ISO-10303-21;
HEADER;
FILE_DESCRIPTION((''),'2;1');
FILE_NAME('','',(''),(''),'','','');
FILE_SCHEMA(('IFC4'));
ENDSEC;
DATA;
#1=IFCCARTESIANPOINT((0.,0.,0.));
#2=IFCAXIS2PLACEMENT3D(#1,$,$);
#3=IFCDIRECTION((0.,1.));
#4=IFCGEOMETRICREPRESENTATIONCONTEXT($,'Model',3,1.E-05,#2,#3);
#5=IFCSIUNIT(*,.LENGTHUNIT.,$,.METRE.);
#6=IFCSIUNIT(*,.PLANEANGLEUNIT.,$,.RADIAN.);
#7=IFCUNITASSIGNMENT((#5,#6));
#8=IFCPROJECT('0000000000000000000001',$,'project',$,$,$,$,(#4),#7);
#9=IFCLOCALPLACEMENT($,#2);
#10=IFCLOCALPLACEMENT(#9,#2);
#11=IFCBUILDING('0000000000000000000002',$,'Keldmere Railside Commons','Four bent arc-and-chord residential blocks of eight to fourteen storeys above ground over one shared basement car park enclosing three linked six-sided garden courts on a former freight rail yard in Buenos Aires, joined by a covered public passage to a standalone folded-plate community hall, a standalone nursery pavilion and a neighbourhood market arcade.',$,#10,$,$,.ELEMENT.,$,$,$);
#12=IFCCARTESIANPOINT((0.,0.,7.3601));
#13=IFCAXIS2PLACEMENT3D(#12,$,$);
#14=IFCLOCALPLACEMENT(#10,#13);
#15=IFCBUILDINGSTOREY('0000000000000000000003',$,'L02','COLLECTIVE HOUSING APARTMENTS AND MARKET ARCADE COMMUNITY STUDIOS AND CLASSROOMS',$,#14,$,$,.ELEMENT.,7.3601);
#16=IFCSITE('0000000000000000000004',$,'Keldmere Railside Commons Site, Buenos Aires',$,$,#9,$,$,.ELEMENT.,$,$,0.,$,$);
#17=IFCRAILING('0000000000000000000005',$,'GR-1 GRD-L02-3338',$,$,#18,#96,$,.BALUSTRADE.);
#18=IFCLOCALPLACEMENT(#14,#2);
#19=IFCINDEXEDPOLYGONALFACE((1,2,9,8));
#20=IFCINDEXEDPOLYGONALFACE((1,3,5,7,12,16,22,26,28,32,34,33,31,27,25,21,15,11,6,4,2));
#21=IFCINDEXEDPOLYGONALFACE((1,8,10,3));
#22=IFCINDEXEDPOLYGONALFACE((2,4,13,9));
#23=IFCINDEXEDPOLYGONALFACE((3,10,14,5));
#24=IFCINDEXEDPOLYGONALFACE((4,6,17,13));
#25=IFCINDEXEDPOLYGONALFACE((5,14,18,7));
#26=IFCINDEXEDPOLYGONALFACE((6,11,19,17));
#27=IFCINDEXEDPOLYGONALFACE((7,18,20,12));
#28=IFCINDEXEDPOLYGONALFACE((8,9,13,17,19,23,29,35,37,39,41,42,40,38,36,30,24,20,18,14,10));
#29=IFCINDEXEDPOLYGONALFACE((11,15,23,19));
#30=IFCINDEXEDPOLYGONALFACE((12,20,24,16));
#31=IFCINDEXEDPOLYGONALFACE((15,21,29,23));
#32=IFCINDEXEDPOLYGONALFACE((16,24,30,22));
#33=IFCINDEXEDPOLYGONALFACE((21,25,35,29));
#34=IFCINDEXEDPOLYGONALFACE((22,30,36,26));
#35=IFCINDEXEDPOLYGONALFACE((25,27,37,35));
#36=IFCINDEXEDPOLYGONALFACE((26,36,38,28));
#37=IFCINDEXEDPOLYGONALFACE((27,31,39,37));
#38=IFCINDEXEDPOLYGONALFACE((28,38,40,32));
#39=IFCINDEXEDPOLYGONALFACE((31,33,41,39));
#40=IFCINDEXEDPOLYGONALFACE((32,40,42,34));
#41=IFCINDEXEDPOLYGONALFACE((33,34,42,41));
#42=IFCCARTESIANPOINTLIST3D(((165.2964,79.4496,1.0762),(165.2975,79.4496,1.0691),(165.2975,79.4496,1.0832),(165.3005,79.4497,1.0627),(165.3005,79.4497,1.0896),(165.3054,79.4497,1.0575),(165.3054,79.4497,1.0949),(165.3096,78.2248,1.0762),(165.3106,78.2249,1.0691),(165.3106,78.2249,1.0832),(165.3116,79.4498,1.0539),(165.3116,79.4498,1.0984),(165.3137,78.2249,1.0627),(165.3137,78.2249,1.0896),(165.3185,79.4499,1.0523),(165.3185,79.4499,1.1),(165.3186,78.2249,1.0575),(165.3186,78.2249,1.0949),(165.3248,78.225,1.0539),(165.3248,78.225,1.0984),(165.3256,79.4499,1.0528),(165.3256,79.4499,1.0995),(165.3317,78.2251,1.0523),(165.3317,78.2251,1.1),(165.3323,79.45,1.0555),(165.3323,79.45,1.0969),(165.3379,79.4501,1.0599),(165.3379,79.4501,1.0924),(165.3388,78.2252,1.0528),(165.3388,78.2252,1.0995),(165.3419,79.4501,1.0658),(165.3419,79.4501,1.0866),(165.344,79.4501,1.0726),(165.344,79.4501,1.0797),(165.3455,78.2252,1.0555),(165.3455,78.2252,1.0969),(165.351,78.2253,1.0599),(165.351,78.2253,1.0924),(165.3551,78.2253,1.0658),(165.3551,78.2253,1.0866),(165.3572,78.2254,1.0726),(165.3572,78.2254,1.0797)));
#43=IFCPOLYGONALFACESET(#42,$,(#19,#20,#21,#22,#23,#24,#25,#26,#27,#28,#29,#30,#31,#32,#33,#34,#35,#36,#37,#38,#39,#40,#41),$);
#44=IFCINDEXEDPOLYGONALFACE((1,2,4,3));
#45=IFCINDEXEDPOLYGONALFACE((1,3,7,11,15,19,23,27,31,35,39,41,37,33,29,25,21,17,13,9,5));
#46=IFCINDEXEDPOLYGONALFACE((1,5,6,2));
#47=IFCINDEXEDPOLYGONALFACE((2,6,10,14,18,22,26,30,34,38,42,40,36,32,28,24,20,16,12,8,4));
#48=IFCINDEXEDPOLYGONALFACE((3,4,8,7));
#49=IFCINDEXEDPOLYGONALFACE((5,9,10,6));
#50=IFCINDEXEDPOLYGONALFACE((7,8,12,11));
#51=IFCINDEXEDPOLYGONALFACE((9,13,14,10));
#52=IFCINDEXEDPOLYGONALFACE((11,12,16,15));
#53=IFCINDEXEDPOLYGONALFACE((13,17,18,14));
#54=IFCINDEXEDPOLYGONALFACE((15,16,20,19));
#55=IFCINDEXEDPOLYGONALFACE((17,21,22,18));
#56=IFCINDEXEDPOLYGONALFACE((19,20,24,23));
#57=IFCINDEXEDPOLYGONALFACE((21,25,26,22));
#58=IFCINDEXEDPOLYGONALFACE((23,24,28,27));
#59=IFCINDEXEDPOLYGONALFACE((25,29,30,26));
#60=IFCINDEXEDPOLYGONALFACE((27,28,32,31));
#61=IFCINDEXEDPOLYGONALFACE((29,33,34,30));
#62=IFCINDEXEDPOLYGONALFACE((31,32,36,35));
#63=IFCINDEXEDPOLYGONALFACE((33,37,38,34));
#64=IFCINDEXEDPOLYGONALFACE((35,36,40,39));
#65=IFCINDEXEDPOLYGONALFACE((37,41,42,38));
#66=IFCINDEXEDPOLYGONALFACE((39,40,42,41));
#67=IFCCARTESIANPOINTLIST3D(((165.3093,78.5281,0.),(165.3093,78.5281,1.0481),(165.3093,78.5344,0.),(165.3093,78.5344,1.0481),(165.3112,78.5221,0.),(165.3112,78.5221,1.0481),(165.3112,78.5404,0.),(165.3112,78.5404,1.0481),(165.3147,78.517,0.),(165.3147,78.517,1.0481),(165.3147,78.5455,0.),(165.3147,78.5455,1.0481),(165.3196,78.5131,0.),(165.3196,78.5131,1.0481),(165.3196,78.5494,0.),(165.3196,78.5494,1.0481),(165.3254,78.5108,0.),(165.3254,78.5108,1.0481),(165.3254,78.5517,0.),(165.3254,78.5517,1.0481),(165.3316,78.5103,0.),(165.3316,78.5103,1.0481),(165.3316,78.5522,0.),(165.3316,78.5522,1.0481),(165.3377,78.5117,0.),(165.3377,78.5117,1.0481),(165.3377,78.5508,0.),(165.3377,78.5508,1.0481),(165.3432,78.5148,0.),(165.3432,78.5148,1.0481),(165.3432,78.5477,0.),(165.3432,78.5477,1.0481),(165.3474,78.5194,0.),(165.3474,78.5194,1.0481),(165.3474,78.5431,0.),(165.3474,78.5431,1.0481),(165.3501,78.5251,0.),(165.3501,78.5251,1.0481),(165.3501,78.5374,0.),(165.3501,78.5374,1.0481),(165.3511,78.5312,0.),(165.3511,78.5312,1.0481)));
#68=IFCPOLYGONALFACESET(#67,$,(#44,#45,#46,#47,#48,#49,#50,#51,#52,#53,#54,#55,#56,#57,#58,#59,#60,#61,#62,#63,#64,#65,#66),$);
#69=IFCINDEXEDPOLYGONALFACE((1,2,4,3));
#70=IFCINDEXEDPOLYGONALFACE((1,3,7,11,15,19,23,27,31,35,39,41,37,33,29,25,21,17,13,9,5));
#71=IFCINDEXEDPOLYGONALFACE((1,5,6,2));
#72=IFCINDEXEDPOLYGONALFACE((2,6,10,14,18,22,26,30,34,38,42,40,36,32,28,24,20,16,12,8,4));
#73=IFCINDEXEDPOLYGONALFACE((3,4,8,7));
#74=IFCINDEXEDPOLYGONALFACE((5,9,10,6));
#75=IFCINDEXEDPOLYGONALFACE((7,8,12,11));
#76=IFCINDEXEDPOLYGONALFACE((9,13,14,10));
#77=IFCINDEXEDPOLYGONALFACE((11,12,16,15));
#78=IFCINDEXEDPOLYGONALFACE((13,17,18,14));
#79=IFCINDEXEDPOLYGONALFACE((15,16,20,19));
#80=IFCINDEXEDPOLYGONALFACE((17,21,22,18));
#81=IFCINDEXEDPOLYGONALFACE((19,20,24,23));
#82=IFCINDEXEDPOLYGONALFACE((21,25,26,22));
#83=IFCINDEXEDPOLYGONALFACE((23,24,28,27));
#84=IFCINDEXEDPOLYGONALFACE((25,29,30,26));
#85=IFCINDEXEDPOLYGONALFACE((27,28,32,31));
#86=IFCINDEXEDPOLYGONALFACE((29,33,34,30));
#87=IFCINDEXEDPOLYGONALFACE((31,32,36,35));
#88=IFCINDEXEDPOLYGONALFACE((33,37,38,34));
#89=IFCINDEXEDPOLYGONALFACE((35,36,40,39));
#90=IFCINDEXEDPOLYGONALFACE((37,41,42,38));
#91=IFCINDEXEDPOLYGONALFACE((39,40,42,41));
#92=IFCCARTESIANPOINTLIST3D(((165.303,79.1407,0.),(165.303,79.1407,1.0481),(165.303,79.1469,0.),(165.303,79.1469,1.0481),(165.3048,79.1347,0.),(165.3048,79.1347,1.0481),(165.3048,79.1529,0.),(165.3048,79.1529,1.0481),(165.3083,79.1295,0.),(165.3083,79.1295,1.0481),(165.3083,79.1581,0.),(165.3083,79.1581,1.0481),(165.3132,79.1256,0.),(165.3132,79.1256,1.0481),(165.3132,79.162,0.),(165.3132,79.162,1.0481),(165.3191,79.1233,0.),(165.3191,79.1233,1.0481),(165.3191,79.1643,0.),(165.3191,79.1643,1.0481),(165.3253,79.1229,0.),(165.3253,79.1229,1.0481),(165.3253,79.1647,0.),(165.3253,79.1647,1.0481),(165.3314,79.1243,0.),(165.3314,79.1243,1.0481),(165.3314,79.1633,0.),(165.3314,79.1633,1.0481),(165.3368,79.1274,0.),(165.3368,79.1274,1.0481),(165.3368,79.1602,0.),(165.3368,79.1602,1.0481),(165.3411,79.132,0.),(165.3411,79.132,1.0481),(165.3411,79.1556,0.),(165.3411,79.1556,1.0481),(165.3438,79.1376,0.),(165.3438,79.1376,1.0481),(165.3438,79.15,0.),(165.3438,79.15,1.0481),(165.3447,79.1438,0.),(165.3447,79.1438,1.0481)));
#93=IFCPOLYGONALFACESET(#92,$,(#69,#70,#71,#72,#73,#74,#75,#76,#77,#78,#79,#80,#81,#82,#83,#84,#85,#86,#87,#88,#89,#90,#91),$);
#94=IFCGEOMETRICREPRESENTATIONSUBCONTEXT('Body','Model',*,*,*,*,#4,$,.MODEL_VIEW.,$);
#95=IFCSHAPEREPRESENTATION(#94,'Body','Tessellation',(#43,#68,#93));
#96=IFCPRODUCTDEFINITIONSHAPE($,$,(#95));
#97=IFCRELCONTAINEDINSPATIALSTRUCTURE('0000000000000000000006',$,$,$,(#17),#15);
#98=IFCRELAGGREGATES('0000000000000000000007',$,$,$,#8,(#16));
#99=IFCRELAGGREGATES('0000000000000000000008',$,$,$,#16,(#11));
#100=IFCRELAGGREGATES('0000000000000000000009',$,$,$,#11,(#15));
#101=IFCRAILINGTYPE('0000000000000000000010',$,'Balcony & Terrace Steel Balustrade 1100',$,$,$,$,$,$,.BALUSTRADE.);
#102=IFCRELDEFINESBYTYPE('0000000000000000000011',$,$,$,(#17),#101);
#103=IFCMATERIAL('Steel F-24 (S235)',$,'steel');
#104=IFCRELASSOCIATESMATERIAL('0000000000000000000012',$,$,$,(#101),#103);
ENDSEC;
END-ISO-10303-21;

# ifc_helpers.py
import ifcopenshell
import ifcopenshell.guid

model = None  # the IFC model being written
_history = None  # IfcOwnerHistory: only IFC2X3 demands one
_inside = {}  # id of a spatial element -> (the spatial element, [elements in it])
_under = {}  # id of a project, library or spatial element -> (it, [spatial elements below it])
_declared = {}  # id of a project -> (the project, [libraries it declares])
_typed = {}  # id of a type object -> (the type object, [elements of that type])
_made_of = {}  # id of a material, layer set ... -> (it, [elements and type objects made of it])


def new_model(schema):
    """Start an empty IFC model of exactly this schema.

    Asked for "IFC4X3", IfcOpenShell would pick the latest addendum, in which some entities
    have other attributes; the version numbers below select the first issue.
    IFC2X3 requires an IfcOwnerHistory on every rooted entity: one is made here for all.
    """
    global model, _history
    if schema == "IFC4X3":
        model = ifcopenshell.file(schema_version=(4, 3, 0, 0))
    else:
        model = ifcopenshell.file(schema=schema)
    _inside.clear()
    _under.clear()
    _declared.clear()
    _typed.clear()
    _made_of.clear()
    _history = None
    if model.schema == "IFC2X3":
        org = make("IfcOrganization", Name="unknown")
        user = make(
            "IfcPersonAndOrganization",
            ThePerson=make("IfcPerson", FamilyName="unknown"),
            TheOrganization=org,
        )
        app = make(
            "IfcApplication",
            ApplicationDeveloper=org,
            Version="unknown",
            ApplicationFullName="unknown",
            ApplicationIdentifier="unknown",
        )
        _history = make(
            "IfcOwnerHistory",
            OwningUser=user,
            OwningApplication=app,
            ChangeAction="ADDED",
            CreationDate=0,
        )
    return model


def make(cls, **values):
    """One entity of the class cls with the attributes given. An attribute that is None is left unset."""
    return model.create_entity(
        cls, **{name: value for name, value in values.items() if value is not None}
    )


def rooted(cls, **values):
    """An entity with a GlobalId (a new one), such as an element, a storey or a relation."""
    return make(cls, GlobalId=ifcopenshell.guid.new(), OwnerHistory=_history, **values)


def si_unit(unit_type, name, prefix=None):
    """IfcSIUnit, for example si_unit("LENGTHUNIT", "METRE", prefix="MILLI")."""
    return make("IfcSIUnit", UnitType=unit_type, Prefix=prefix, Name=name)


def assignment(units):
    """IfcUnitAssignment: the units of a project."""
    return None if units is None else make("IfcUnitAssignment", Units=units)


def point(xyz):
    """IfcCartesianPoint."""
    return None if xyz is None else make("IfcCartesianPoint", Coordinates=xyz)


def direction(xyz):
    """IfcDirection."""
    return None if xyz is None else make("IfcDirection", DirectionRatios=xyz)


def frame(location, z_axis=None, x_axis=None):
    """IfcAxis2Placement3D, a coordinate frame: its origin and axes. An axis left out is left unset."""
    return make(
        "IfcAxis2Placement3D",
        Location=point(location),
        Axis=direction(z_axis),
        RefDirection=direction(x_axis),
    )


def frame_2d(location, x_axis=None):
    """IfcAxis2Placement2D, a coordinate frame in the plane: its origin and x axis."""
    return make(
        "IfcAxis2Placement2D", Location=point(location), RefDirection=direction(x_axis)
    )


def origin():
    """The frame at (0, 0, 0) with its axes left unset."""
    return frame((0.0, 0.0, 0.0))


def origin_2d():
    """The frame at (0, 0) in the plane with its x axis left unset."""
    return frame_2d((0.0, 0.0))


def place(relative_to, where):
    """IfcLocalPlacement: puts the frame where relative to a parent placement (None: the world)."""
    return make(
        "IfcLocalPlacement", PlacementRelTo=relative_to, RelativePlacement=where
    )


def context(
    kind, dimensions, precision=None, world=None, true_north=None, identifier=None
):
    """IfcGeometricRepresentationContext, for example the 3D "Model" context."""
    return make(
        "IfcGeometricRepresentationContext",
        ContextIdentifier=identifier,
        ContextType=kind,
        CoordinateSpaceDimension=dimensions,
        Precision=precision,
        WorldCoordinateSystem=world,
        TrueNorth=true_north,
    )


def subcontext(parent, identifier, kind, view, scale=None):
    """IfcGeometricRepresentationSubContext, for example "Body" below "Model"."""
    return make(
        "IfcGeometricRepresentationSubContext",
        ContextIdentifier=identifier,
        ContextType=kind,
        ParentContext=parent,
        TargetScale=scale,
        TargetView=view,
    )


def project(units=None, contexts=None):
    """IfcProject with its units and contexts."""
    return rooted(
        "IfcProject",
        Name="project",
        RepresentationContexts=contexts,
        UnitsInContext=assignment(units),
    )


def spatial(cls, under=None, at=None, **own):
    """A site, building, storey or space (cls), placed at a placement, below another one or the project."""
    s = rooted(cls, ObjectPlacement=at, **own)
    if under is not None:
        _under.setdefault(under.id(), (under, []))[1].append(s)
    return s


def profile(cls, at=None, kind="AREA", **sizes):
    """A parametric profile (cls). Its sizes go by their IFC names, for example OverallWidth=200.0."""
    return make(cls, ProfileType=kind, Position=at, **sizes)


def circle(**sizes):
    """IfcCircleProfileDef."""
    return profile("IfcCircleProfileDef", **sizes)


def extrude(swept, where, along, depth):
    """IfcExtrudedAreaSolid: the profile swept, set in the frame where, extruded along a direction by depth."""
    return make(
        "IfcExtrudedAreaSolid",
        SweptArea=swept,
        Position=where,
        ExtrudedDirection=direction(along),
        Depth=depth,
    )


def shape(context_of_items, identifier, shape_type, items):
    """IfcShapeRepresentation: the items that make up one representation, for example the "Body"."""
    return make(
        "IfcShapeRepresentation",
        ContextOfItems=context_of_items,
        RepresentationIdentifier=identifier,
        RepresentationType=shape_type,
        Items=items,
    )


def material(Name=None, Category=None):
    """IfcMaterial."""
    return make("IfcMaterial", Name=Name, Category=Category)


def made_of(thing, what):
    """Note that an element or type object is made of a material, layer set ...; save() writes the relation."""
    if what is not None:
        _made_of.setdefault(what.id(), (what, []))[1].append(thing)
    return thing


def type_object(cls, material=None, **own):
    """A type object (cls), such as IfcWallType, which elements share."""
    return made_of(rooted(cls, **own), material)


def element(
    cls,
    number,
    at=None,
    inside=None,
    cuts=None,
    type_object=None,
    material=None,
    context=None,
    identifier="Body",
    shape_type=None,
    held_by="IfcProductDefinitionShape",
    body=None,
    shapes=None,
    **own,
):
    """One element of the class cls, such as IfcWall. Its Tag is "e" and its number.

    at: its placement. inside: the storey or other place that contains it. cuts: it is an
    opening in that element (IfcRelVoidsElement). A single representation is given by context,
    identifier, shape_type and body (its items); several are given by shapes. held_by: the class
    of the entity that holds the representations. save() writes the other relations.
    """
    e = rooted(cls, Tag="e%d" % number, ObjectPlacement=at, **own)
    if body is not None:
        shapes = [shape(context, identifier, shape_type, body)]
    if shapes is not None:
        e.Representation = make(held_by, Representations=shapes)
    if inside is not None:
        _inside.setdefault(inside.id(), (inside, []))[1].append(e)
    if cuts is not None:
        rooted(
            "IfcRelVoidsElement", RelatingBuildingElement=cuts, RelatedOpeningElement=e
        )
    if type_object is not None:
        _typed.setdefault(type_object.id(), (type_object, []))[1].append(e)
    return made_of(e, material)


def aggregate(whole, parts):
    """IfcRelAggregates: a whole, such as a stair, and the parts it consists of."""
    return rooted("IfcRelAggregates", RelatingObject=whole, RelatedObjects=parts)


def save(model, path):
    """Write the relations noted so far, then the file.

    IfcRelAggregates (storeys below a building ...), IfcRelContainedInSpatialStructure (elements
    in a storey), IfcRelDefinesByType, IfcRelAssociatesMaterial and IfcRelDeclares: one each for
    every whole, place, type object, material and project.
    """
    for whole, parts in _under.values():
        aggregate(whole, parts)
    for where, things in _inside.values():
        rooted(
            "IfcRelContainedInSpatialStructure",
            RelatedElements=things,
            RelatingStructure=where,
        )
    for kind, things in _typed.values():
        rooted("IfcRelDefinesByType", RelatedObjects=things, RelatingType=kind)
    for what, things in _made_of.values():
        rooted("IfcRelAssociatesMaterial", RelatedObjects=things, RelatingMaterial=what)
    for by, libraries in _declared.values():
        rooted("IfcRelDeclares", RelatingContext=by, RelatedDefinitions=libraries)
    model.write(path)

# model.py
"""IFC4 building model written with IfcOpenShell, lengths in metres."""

from ifc_helpers import new_model, si_unit, direction, frame, origin, origin_2d, place, context, subcontext, project, spatial, circle, extrude, material, type_object, element, save


model = new_model("IFC4")

# Units and contexts
model_context = context("Model", 3, precision=1e-05, world=origin(), true_north=direction((0.0, 1.0)))
body_context = subcontext(model_context, "Body", "Model", "MODEL_VIEW")
ifc_project = project(units=[si_unit("LENGTHUNIT", "METRE"), si_unit("PLANEANGLEUNIT", "RADIAN")], contexts=[model_context])

# Site, building, storey
site_placement = place(None, origin())
site = spatial("IfcSite", under=ifc_project, at=site_placement, Name="Keldmere Railside Commons Site, Buenos Aires", CompositionType="ELEMENT", RefElevation=0.0)
building_placement = place(site_placement, origin())
building = spatial("IfcBuilding", under=site, at=building_placement, Name="Keldmere Railside Commons", Description="Four bent arc-and-chord residential blocks of eight to fourteen storeys above ground over one shared basement car park enclosing three linked six-sided garden courts on a former freight rail yard in Buenos Aires, joined by a covered public passage to a standalone folded-plate community hall, a standalone nursery pavilion and a neighbourhood market arcade.", CompositionType="ELEMENT")
storey_placement = place(building_placement, frame((0.0, 0.0, 7.3601)))
storey = spatial("IfcBuildingStorey", under=building, at=storey_placement, Name="L02", Description="COLLECTIVE HOUSING APARTMENTS AND MARKET ARCADE COMMUNITY STUDIOS AND CLASSROOMS", CompositionType="ELEMENT", Elevation=7.3601)

# Railing
ifc_material_1 = material(Name="Steel F-24 (S235)", Category="steel")
railing_type = type_object("IfcRailingType", Name="Balcony & Terrace Steel Balustrade 1100", PredefinedType="BALUSTRADE", material=ifc_material_1)
railing_1_placement = place(storey_placement, frame((165.3335, 78.2251, 0.0)))
element("IfcRailing", 1, at=railing_1_placement, inside=storey, type_object=railing_type, Name="GR-1 GRD-L02-3338", PredefinedType="BALUSTRADE", context=body_context, shape_type="SweptSolid", body=[
    extrude(circle(Radius=0.0239, at=origin_2d()), frame((0.0, 0.0, 1.0762), z_axis=(-0.010763, 0.999942, 0.0), x_axis=(-0.999942, -0.010763, 0.0)), (0.0, 0.0, 1.0), 1.2249),
    extrude(circle(Radius=0.021, at=origin_2d()), frame((-0.0034, 0.3062, 0.0)), (0.0, 0.0, 1.0), 1.0481),
    extrude(circle(Radius=0.021, at=origin_2d()), frame((-0.0098, 0.9187, 0.0)), (0.0, 0.0, 1.0), 1.0481),
])

save(model, "model.ifc")
